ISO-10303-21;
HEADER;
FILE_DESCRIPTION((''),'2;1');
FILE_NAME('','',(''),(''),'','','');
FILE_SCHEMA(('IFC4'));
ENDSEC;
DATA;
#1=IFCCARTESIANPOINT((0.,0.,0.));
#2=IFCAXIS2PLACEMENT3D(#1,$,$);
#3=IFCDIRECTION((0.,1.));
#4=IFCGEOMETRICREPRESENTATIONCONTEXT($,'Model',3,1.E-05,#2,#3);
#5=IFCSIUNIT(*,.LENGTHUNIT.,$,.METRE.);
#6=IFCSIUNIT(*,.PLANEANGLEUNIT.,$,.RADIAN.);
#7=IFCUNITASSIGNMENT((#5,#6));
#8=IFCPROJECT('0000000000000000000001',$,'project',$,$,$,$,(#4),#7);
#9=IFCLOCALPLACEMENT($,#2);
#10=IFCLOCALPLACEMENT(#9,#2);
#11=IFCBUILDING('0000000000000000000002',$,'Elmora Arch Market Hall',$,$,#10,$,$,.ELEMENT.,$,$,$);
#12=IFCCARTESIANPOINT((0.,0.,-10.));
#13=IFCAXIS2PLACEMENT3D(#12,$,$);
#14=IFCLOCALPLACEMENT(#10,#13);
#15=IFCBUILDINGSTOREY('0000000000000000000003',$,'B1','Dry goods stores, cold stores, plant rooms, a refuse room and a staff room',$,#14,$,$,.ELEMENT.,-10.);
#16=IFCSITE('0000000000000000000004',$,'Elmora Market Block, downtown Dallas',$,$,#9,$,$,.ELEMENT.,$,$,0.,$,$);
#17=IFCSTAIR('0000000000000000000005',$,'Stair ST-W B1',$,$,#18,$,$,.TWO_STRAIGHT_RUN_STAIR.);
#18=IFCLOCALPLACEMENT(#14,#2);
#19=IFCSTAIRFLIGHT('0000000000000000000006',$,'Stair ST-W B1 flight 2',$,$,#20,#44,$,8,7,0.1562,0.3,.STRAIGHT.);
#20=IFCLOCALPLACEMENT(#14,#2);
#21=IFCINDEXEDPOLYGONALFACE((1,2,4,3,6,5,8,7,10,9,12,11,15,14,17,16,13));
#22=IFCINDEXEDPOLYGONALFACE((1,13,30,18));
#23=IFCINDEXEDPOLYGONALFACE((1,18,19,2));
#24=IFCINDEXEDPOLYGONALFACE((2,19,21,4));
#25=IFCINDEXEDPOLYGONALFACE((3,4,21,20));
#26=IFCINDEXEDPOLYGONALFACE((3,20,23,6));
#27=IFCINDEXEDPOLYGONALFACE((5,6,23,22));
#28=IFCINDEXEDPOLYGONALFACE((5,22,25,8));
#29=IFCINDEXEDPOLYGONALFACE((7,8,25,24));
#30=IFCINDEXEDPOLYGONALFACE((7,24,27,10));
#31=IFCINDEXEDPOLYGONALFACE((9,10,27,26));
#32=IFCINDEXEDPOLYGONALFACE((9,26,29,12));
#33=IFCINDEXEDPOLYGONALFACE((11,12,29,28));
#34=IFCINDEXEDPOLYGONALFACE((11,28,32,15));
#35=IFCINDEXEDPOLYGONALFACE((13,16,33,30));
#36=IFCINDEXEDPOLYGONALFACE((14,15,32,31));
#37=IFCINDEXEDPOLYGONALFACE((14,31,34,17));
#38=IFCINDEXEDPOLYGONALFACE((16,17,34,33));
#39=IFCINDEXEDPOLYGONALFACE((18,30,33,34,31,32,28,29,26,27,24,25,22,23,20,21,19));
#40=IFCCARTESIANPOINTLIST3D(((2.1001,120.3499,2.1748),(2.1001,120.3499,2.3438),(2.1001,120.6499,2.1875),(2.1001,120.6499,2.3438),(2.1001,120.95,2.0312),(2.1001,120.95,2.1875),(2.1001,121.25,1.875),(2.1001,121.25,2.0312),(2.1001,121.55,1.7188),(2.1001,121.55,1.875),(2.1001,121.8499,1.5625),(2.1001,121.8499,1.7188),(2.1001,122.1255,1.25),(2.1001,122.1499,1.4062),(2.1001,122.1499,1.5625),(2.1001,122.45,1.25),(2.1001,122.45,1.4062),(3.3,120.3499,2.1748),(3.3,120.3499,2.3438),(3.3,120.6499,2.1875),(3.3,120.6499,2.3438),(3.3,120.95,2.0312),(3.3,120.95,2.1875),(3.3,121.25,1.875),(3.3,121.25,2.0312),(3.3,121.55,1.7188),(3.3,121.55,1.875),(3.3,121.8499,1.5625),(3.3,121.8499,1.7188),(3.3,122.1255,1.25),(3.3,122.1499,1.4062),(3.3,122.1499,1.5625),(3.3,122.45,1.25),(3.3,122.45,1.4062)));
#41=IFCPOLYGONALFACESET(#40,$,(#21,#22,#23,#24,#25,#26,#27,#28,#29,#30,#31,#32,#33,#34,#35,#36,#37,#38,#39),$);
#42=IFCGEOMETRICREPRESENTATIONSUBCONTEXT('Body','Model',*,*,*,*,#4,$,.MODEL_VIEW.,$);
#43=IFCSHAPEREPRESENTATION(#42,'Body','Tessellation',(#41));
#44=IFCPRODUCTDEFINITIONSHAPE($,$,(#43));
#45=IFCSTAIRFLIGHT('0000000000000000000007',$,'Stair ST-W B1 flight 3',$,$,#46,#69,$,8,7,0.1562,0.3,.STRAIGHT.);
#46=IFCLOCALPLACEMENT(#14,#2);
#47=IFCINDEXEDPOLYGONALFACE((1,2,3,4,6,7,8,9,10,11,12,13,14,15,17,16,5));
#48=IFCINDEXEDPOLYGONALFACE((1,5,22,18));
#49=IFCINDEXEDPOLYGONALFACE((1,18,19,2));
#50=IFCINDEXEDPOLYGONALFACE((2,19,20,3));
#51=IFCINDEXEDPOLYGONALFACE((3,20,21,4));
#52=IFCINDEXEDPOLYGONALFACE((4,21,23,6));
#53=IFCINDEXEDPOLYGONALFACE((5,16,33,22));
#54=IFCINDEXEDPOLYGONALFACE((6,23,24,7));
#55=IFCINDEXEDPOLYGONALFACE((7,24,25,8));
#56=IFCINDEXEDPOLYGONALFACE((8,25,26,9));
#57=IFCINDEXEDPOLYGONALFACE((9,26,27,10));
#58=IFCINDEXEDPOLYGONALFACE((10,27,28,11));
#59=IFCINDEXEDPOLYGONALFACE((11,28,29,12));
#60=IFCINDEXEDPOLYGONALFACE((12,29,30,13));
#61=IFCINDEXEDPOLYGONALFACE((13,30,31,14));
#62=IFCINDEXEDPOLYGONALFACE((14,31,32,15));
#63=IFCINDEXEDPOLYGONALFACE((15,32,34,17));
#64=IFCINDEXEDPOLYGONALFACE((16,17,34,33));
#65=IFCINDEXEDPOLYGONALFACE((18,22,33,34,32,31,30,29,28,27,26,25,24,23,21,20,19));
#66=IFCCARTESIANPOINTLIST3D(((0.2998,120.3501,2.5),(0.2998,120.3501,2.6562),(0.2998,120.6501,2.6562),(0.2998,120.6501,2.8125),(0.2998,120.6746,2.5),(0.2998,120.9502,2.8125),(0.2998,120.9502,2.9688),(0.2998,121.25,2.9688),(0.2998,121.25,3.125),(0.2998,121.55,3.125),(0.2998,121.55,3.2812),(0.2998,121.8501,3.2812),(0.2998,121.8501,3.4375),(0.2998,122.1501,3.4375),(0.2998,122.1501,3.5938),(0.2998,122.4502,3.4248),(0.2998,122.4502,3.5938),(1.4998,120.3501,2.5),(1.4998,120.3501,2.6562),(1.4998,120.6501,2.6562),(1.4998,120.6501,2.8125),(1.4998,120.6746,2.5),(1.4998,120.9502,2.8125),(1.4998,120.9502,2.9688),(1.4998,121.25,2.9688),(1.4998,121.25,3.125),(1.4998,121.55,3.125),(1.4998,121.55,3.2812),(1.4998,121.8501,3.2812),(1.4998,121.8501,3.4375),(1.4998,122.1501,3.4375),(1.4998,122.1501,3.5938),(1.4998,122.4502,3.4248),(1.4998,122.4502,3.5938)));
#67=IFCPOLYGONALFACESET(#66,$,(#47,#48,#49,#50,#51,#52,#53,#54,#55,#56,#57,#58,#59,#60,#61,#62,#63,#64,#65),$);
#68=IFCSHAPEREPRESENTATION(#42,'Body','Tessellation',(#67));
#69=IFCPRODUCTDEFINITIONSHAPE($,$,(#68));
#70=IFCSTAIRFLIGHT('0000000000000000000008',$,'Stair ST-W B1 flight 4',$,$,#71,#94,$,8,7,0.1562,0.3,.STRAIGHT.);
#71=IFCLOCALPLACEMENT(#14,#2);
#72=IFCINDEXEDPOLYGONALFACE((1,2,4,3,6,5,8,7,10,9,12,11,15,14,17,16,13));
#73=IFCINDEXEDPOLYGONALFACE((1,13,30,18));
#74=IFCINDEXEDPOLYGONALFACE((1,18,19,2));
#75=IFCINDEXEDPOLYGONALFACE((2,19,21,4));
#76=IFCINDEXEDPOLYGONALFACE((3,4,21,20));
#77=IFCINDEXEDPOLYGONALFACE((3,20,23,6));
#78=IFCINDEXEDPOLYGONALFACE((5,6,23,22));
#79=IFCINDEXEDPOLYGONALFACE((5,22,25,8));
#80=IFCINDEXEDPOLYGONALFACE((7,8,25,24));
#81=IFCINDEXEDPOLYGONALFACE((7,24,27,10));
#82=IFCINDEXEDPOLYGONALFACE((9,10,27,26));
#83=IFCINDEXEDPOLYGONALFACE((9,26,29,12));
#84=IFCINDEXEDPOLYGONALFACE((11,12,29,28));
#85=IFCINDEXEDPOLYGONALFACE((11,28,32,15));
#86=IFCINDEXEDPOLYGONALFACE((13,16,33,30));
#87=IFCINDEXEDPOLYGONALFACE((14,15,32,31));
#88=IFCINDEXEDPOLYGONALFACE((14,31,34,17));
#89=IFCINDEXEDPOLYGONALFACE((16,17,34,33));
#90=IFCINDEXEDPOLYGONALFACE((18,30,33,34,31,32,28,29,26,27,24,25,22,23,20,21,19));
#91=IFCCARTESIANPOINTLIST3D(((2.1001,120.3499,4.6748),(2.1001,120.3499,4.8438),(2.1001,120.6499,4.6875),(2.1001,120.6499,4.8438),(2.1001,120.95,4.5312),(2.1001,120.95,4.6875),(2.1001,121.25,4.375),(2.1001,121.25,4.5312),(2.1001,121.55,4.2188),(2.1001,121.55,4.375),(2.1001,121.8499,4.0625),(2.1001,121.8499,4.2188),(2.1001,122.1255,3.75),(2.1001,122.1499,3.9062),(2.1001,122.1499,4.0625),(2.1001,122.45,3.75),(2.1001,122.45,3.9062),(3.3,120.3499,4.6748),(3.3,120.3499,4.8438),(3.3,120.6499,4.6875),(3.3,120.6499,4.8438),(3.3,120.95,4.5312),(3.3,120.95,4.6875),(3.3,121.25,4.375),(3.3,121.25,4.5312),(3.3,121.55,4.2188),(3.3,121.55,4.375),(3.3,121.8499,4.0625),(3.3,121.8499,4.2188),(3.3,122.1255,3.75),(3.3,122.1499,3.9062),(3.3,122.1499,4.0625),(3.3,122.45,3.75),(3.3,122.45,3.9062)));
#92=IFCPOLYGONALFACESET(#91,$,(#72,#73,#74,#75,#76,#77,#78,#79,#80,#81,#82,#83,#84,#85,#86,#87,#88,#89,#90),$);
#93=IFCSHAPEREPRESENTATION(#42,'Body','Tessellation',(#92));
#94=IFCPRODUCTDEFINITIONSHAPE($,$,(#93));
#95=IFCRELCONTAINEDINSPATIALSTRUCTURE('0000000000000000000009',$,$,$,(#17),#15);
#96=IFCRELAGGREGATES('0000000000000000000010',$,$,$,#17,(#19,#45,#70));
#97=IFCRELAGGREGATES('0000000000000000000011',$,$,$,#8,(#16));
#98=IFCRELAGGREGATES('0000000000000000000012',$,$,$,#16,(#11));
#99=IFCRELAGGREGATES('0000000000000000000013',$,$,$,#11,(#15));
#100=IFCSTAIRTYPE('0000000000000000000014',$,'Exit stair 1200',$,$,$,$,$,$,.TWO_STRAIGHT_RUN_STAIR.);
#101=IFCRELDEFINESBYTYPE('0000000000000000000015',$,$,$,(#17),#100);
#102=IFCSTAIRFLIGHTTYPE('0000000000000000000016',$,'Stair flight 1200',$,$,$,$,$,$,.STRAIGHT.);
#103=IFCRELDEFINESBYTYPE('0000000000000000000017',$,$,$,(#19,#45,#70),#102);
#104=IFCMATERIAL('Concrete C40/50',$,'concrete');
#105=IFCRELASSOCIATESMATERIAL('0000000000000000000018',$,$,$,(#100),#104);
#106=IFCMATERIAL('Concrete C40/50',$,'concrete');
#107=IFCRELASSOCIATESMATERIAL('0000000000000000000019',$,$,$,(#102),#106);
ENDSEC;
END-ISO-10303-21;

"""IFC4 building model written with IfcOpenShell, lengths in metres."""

from ifc_helpers import new_model, si_unit, direction, frame, origin, place, context, subcontext, project, spatial, polyline, outline, extrude, material, type_object, element, aggregate, save


model = new_model("IFC4")

# Units and contexts
model_context = context("Model", 3, precision=1e-05, world=origin(), true_north=direction((0.0, 1.0)))
body_context = subcontext(model_context, "Body", "Model", "MODEL_VIEW")
ifc_project = project(units=[si_unit("LENGTHUNIT", "METRE"), si_unit("PLANEANGLEUNIT", "RADIAN")], contexts=[model_context])

# Site, building, storey
site_placement = place(None, origin())
site = spatial("IfcSite", under=ifc_project, at=site_placement, Name="Elmora Market Block, downtown Dallas", CompositionType="ELEMENT", RefElevation=0.0)
building_placement = place(site_placement, origin())
building = spatial("IfcBuilding", under=site, at=building_placement, Name="Elmora Arch Market Hall", CompositionType="ELEMENT")
storey_placement = place(building_placement, frame((0.0, 0.0, -10.0)))
storey = spatial("IfcBuildingStorey", under=building, at=storey_placement, Name="B1", Description="Dry goods stores, cold stores, plant rooms, a refuse room and a staff room", CompositionType="ELEMENT", Elevation=-10.0)

# Stair, stair flights
ifc_material_1 = material(Name="Concrete C40/50", Category="concrete")
stair_type = type_object("IfcStairType", Name="Exit stair 1200", PredefinedType="TWO_STRAIGHT_RUN_STAIR", material=ifc_material_1)
stair_placement = place(storey_placement, origin())
stair = element("IfcStair", 1, at=stair_placement, inside=storey, type_object=stair_type, Name="Stair ST-W B1", PredefinedType="TWO_STRAIGHT_RUN_STAIR")
ifc_material_2 = material(Name="Concrete C40/50", Category="concrete")
stair_flight_type = type_object("IfcStairFlightType", Name="Stair flight 1200", PredefinedType="STRAIGHT", material=ifc_material_2)
stair_flight_1_placement = place(storey_placement, frame((2.7, 122.45, 1.25), z_axis=(0.0, 0.0, 1.0), x_axis=(0.0, -1.0, 0.0)))
stair_flight_1 = element("IfcStairFlight", 2, at=stair_flight_1_placement, type_object=stair_flight_type, Name="Stair ST-W B1 flight 2", NumberOfRisers=8, NumberOfTreads=7, PredefinedType="STRAIGHT", RiserHeight=0.1562, TreadLength=0.3, context=body_context, shape_type="SweptSolid", body=[
    extrude(outline(polyline([(0.0, 0.0), (0.0, 0.1562), (0.3, 0.1562), (0.3, 0.3125), (0.6001, 0.3125), (0.6001, 0.4688), (0.8999, 0.4688), (0.8999, 0.625), (1.2, 0.625), (1.2, 0.7812), (1.5, 0.7812), (1.5, 0.9375), (1.8, 0.9375), (1.8, 1.0938), (2.1001, 1.0938), (2.1001, 1.25), (2.1001, 0.9248), (0.3245, 0.0), (0.0, 0.0)])), frame((0.0, 0.6001, 0.0), z_axis=(0.0, -1.0, 0.0), x_axis=(1.0, 0.0, 0.0)), (0.0, 0.0, 1.0), 1.2),
])
stair_flight_2_placement = place(storey_placement, frame((0.8999, 120.3501, 2.5), z_axis=(0.0, 0.0, 1.0), x_axis=(0.0, 1.0, 0.0)))
stair_flight_2 = element("IfcStairFlight", 3, at=stair_flight_2_placement, type_object=stair_flight_type, Name="Stair ST-W B1 flight 3", NumberOfRisers=8, NumberOfTreads=7, PredefinedType="STRAIGHT", RiserHeight=0.1562, TreadLength=0.3, context=body_context, shape_type="SweptSolid", body=[
    extrude(outline(polyline([(0.0, 0.0), (0.0, 0.1562), (0.3, 0.1562), (0.3, 0.3125), (0.6001, 0.3125), (0.6001, 0.4688), (0.8999, 0.4688), (0.8999, 0.625), (1.2, 0.625), (1.2, 0.7812), (1.5, 0.7812), (1.5, 0.9375), (1.8, 0.9375), (1.8, 1.0938), (2.1001, 1.0938), (2.1001, 1.25), (2.1001, 0.9248), (0.3245, 0.0), (0.0, 0.0)])), frame((0.0, 0.6001, 0.0), z_axis=(0.0, -1.0, 0.0), x_axis=(1.0, 0.0, 0.0)), (0.0, 0.0, 1.0), 1.2),
])
stair_flight_3_placement = place(storey_placement, frame((2.7, 122.45, 3.75), z_axis=(0.0, 0.0, 1.0), x_axis=(0.0, -1.0, 0.0)))
stair_flight_3 = element("IfcStairFlight", 4, at=stair_flight_3_placement, type_object=stair_flight_type, Name="Stair ST-W B1 flight 4", NumberOfRisers=8, NumberOfTreads=7, PredefinedType="STRAIGHT", RiserHeight=0.1562, TreadLength=0.3, context=body_context, shape_type="SweptSolid", body=[
    extrude(outline(polyline([(0.0, 0.0), (0.0, 0.1562), (0.3, 0.1562), (0.3, 0.3125), (0.6001, 0.3125), (0.6001, 0.4688), (0.8999, 0.4688), (0.8999, 0.625), (1.2, 0.625), (1.2, 0.7812), (1.5, 0.7812), (1.5, 0.9375), (1.8, 0.9375), (1.8, 1.0938), (2.1001, 1.0938), (2.1001, 1.25), (2.1001, 0.9248), (0.3245, 0.0), (0.0, 0.0)])), frame((0.0, 0.6001, 0.0), z_axis=(0.0, -1.0, 0.0), x_axis=(1.0, 0.0, 0.0)), (0.0, 0.0, 1.0), 1.2),
])
aggregate(stair, [stair_flight_1, stair_flight_2, stair_flight_3])

save(model, "model.ifc")
